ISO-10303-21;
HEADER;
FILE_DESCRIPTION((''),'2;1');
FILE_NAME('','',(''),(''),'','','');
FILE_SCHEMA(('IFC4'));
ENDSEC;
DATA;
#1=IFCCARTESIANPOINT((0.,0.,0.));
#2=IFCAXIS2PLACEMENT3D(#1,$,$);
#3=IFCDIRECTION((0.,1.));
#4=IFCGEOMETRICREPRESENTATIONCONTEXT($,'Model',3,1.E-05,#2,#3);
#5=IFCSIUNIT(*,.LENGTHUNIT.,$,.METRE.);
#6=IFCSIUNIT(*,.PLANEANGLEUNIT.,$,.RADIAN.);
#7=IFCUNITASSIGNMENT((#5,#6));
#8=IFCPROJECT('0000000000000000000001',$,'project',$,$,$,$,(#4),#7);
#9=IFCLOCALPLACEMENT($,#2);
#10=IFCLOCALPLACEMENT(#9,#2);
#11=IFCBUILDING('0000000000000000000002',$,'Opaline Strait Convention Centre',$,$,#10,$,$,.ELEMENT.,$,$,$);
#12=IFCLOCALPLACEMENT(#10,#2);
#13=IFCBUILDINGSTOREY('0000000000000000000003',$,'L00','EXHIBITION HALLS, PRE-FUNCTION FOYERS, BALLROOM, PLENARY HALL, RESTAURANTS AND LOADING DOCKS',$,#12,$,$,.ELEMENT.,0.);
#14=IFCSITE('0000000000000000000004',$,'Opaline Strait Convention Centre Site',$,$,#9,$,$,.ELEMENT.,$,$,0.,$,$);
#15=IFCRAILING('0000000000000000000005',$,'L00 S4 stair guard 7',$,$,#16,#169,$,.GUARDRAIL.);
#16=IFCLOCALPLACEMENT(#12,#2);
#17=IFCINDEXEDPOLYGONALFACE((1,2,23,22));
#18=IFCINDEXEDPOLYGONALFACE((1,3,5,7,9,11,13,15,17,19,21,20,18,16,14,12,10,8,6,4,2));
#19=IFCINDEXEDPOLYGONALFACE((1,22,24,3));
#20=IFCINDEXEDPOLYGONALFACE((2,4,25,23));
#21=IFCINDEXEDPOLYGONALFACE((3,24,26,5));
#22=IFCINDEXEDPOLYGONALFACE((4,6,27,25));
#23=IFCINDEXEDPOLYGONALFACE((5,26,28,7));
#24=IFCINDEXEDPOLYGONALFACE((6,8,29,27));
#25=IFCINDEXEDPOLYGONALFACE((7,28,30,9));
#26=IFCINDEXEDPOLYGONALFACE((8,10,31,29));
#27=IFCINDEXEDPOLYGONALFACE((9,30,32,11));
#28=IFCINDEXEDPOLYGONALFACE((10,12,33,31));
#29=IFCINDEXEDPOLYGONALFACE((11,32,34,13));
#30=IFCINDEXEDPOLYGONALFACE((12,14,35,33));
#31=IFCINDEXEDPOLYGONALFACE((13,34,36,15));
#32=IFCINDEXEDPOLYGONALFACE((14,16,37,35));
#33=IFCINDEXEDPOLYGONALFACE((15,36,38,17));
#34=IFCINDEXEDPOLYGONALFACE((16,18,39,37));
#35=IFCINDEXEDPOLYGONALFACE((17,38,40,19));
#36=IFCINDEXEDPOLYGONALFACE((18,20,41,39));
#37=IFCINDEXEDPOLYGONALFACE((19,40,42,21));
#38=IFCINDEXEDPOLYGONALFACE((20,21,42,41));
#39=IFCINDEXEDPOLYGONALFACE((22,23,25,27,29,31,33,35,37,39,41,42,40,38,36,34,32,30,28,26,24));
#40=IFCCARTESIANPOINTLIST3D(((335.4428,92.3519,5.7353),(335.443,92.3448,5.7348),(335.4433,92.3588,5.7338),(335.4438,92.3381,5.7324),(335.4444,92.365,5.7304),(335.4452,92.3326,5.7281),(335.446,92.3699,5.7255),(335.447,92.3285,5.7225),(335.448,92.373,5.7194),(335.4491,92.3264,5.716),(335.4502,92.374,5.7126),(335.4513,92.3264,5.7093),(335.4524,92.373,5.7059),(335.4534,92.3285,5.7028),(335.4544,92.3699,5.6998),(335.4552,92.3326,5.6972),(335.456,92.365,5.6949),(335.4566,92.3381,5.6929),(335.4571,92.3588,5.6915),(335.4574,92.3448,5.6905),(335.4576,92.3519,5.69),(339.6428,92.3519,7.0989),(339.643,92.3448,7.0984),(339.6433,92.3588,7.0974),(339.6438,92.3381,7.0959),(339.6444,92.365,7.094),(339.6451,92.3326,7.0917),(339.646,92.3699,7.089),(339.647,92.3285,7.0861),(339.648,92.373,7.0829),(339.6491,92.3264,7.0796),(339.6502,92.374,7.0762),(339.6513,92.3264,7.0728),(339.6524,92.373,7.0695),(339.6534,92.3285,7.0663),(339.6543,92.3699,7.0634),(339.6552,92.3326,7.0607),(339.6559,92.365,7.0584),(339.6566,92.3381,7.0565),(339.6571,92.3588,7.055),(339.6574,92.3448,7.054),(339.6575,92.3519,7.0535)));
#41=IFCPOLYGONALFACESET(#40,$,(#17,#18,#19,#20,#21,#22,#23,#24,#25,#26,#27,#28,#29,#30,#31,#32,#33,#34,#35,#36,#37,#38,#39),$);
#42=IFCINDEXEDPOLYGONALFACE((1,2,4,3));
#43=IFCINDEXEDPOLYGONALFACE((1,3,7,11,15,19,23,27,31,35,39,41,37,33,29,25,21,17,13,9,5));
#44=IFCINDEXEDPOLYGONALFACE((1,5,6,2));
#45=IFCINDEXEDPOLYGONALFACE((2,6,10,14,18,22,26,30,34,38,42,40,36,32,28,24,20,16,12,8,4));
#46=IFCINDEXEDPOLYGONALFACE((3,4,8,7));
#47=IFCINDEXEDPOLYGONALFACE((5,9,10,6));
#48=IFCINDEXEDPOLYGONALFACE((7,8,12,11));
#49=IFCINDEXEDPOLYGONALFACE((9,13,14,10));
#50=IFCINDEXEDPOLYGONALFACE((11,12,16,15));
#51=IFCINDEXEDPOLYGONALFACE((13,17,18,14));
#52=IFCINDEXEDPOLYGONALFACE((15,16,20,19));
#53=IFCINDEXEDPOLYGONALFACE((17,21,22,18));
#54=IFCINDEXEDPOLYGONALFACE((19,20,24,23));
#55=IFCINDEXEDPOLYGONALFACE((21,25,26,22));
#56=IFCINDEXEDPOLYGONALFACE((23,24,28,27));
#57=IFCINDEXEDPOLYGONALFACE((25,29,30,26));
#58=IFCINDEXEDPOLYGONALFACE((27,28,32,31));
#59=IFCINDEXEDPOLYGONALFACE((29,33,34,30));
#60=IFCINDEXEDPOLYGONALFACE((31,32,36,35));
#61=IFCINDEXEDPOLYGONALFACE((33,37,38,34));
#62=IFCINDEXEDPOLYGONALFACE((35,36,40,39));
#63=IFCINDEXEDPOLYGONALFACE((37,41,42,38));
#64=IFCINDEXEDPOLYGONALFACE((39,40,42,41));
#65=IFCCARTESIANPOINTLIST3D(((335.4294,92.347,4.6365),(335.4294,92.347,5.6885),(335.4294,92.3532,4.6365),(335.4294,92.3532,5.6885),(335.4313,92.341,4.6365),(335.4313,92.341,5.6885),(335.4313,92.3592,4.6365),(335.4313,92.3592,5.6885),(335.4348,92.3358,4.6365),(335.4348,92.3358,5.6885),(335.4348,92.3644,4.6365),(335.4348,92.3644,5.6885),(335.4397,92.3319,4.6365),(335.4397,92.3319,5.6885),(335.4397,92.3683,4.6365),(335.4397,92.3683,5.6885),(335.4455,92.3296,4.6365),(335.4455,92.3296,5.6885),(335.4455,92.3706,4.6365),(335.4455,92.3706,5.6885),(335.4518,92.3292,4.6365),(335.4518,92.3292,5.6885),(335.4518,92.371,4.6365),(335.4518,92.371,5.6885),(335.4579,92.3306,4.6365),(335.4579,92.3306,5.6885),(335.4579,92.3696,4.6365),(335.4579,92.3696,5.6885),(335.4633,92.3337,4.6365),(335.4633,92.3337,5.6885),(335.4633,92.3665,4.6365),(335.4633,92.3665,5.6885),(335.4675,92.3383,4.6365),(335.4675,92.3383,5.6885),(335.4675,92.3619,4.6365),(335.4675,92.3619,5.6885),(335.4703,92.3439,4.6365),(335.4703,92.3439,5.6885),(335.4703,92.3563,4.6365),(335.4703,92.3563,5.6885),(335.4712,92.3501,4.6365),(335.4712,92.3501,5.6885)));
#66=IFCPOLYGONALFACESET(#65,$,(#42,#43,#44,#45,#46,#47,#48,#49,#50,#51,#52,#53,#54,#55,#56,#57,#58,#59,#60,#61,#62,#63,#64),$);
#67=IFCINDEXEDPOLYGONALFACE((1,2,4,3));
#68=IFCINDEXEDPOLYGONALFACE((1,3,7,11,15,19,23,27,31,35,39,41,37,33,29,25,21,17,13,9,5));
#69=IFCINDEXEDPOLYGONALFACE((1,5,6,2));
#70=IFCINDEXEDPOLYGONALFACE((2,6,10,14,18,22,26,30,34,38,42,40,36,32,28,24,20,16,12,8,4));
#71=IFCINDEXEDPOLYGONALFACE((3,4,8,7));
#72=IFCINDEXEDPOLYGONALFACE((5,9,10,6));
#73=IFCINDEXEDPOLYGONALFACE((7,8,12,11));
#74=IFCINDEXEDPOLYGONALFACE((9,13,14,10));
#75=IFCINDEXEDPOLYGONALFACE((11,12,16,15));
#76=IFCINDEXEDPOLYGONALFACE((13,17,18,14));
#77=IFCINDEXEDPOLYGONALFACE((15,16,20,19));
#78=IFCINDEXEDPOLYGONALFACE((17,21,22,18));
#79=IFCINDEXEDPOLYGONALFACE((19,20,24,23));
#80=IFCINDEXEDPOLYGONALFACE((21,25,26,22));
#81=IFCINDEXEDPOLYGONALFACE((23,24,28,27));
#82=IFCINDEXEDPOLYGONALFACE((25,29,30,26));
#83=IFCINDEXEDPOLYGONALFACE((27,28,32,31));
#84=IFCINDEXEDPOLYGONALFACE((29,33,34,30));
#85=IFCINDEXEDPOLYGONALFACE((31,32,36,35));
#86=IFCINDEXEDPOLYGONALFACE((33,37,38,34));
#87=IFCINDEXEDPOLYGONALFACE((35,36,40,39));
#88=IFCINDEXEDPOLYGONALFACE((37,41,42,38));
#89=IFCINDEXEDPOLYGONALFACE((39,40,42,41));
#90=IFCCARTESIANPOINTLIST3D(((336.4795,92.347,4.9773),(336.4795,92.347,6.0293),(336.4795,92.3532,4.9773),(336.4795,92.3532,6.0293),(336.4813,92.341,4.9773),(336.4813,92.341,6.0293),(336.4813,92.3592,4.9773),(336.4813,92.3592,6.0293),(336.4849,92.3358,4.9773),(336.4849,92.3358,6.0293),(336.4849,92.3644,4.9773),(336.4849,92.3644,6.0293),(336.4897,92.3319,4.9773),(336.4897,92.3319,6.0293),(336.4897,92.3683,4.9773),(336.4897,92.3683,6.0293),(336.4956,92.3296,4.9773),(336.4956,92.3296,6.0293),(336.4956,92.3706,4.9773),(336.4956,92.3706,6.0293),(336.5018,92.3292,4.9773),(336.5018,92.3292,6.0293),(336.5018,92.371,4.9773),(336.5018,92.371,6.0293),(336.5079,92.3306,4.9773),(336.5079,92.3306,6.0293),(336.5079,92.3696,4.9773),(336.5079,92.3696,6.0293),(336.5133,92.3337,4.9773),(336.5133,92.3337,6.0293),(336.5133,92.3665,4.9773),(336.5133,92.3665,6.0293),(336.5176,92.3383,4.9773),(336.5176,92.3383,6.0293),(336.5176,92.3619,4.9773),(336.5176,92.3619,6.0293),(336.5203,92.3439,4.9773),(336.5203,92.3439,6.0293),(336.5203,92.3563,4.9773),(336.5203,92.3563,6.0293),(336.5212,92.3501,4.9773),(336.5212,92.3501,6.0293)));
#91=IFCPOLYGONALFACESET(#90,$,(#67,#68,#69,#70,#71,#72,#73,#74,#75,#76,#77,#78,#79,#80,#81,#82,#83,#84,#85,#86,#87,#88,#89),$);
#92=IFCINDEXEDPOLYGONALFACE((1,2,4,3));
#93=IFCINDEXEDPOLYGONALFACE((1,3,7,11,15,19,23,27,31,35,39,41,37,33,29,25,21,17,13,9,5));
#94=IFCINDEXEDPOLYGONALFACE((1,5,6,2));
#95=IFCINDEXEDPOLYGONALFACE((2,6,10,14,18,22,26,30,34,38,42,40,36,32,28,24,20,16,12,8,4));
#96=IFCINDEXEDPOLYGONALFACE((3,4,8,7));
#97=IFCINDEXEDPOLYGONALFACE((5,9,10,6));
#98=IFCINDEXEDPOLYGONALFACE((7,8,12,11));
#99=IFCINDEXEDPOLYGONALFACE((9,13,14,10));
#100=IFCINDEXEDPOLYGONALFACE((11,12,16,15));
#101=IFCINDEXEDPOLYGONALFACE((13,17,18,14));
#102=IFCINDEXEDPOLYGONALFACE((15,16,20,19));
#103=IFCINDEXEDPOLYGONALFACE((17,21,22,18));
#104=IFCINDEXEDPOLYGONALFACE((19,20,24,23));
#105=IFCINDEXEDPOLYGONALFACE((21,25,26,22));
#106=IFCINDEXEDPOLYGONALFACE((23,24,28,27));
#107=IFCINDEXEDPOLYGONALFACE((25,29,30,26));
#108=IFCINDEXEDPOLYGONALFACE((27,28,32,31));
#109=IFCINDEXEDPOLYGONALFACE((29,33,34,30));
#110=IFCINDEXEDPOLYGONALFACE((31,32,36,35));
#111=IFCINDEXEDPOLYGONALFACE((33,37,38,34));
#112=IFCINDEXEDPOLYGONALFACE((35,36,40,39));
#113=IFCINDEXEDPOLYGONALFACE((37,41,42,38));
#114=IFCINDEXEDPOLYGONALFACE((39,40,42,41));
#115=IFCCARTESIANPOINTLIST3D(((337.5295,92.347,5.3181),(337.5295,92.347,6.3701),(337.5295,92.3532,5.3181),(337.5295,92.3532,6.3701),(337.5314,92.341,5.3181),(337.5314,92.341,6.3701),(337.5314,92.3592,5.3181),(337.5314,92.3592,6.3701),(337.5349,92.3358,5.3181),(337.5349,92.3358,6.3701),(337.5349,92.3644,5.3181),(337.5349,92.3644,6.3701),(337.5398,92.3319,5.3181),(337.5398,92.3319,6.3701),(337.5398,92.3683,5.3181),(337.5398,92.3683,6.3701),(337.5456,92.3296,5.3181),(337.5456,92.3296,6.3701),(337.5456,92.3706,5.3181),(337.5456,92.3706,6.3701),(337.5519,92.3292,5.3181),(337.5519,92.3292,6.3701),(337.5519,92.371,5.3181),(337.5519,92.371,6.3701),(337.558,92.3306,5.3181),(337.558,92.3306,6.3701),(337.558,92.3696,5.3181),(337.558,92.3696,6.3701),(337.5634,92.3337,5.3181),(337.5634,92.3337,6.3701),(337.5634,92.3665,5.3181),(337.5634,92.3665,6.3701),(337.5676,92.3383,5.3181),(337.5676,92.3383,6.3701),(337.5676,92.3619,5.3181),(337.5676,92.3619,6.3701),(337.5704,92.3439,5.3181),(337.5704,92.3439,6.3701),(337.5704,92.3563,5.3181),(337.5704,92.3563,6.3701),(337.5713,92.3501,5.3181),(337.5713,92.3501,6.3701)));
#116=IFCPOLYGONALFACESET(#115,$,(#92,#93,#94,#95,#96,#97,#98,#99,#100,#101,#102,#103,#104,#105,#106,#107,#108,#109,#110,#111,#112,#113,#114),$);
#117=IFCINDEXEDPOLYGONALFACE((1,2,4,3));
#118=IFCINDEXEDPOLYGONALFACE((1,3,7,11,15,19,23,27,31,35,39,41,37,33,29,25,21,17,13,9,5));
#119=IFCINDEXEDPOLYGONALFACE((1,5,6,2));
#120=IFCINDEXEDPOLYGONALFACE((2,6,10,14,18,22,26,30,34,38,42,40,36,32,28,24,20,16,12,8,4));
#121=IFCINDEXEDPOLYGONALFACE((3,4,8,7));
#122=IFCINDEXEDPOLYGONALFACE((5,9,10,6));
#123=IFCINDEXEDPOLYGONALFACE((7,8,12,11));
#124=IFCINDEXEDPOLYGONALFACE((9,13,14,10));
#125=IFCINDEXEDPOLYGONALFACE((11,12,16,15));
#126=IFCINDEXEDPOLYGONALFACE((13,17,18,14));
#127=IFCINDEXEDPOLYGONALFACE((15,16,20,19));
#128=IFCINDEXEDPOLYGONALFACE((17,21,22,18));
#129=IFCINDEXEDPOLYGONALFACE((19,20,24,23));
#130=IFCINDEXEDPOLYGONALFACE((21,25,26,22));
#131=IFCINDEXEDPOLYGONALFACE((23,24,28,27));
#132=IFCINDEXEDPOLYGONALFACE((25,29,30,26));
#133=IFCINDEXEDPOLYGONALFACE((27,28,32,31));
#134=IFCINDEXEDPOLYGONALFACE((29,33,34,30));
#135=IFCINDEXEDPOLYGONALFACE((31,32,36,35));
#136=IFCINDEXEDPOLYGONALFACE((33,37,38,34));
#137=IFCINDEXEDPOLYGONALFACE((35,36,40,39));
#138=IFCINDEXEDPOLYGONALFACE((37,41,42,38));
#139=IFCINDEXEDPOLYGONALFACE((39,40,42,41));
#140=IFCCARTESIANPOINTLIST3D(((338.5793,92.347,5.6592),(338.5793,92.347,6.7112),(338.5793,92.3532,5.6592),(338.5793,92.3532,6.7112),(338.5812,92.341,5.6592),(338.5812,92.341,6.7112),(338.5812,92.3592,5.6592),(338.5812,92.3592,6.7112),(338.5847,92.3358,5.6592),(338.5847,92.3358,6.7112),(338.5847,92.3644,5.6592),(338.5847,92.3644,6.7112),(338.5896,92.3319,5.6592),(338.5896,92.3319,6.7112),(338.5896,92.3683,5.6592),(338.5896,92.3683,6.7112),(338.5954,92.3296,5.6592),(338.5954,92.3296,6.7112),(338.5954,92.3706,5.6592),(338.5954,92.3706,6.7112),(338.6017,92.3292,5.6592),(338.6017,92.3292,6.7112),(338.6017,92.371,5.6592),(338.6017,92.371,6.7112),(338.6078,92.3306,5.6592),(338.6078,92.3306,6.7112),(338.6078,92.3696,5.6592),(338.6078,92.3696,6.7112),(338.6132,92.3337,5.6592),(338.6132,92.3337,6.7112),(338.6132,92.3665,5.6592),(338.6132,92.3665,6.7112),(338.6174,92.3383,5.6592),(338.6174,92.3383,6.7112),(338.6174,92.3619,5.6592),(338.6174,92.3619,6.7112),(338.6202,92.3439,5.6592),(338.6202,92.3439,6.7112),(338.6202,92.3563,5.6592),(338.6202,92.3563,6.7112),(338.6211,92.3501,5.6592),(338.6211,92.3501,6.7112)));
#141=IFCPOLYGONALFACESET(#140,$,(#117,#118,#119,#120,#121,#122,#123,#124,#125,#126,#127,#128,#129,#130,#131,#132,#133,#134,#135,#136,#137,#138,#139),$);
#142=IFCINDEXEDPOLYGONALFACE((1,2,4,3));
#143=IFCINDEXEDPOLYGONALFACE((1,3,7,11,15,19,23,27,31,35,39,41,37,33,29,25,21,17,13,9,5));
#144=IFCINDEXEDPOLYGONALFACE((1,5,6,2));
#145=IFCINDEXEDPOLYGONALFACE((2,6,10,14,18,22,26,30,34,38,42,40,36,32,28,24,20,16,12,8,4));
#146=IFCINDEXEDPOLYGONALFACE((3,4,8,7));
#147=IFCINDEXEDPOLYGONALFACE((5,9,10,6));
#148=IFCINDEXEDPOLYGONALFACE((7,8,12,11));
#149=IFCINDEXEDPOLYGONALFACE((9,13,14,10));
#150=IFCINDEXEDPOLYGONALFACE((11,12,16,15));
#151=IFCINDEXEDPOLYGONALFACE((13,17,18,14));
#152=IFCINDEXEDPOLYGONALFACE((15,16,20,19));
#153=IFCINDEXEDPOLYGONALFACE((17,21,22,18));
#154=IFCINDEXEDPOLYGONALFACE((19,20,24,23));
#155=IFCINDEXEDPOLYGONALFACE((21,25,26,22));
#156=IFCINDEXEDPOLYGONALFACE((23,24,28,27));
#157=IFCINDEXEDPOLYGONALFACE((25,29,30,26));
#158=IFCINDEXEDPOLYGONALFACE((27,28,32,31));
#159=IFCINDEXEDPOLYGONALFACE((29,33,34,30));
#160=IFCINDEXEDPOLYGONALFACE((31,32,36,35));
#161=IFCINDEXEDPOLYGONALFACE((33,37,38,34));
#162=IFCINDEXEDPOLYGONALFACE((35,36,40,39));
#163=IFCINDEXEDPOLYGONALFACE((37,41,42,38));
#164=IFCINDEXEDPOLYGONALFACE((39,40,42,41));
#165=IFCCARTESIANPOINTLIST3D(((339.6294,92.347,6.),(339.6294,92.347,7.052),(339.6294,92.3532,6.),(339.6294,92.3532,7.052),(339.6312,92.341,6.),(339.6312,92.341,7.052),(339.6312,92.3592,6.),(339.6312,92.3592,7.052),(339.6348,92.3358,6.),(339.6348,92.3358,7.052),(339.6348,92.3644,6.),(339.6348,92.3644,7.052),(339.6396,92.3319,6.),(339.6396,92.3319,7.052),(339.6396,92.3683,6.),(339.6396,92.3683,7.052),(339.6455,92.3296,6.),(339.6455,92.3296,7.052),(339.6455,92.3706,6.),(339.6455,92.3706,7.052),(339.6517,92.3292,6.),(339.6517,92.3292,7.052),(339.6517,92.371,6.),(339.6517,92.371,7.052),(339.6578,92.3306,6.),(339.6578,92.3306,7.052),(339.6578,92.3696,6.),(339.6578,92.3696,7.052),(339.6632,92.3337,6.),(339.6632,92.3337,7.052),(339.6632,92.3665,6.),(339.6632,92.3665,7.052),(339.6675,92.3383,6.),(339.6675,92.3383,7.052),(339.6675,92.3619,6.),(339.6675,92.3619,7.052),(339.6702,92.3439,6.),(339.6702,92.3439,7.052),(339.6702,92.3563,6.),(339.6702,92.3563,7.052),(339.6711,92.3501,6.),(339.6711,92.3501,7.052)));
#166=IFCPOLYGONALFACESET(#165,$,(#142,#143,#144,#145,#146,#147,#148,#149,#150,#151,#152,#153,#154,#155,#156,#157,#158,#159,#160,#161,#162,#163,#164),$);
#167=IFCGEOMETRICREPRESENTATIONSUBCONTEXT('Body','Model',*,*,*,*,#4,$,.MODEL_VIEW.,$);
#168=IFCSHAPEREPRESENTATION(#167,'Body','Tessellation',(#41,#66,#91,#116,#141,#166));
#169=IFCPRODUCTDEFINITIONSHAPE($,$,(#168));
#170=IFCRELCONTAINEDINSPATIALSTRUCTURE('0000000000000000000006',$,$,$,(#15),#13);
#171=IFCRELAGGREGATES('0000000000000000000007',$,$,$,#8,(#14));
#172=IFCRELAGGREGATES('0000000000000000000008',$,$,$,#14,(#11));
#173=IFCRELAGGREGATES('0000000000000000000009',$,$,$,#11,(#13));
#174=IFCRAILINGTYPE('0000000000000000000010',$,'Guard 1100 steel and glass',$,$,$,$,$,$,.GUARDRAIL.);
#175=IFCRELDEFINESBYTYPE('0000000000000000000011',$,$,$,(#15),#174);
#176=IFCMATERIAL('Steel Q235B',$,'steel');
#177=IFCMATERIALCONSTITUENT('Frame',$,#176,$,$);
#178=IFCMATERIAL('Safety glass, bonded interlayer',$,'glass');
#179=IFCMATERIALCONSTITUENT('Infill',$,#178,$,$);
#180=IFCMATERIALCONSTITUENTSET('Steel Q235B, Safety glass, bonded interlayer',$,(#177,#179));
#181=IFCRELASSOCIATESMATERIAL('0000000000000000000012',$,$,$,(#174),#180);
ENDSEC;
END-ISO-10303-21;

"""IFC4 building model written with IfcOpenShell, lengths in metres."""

from ifc_helpers import new_model, si_unit, direction, frame, origin, origin_2d, place, context, subcontext, project, spatial, circle, extrude, material, constituent, constituent_set, type_object, element, save


model = new_model("IFC4")

# Units and contexts
model_context = context("Model", 3, precision=1e-05, world=origin(), true_north=direction((0.0, 1.0)))
body_context = subcontext(model_context, "Body", "Model", "MODEL_VIEW")
ifc_project = project(units=[si_unit("LENGTHUNIT", "METRE"), si_unit("PLANEANGLEUNIT", "RADIAN")], contexts=[model_context])

# Site, building, storey
site_placement = place(None, origin())
site = spatial("IfcSite", under=ifc_project, at=site_placement, Name="Opaline Strait Convention Centre Site", CompositionType="ELEMENT", RefElevation=0.0)
building_placement = place(site_placement, origin())
building = spatial("IfcBuilding", under=site, at=building_placement, Name="Opaline Strait Convention Centre", CompositionType="ELEMENT")
storey_placement = place(building_placement, origin())
storey = spatial("IfcBuildingStorey", under=building, at=storey_placement, Name="L00", Description="EXHIBITION HALLS, PRE-FUNCTION FOYERS, BALLROOM, PLENARY HALL, RESTAURANTS AND LOADING DOCKS", CompositionType="ELEMENT", Elevation=0.0)

# Railing
ifc_material_1 = material(Name="Steel Q235B", Category="steel")
ifc_constituent_1 = constituent(ifc_material_1, Name="Frame")
ifc_material_2 = material(Name="Safety glass, bonded interlayer", Category="glass")
ifc_constituent_2 = constituent(ifc_material_2, Name="Infill")
ifc_constituent_set = constituent_set(constituents=[ifc_constituent_1, ifc_constituent_2], Name="Steel Q235B, Safety glass, bonded interlayer")
railing_type_1 = type_object("IfcRailingType", Name="Guard 1100 steel and glass", PredefinedType="GUARDRAIL", material=ifc_constituent_set)
railing_1_placement = place(storey_placement, frame((335.4502, 92.3501, 4.6365)))
element("IfcRailing", 1, at=railing_1_placement, inside=storey, type_object=railing_type_1, Name="L00 S4 stair guard 7", PredefinedType="GUARDRAIL", context=body_context, shape_type="SweptSolid", body=[
    extrude(circle(Radius=0.0239, at=origin_2d()), frame((0.0, 0.0, 1.0762), z_axis=(0.951131, 0.0, 0.308787), x_axis=(0.0, 1.0, 0.0)), (0.0, 0.0, 1.0), 4.4158),
    extrude(circle(Radius=0.021, at=origin_2d()), origin(), (0.0, 0.0, 1.0), 1.052),
    extrude(circle(Radius=0.021, at=origin_2d()), frame((1.05, 0.0, 0.3408)), (0.0, 0.0, 1.0), 1.052),
    extrude(circle(Radius=0.021, at=origin_2d()), frame((2.1001, 0.0, 0.6816)), (0.0, 0.0, 1.0), 1.052),
    extrude(circle(Radius=0.021, at=origin_2d()), frame((3.1499, 0.0, 1.0227)), (0.0, 0.0, 1.0), 1.052),
    extrude(circle(Radius=0.021, at=origin_2d()), frame((4.2, 0.0, 1.3635)), (0.0, 0.0, 1.0), 1.052),
])

save(model, "model.ifc")
